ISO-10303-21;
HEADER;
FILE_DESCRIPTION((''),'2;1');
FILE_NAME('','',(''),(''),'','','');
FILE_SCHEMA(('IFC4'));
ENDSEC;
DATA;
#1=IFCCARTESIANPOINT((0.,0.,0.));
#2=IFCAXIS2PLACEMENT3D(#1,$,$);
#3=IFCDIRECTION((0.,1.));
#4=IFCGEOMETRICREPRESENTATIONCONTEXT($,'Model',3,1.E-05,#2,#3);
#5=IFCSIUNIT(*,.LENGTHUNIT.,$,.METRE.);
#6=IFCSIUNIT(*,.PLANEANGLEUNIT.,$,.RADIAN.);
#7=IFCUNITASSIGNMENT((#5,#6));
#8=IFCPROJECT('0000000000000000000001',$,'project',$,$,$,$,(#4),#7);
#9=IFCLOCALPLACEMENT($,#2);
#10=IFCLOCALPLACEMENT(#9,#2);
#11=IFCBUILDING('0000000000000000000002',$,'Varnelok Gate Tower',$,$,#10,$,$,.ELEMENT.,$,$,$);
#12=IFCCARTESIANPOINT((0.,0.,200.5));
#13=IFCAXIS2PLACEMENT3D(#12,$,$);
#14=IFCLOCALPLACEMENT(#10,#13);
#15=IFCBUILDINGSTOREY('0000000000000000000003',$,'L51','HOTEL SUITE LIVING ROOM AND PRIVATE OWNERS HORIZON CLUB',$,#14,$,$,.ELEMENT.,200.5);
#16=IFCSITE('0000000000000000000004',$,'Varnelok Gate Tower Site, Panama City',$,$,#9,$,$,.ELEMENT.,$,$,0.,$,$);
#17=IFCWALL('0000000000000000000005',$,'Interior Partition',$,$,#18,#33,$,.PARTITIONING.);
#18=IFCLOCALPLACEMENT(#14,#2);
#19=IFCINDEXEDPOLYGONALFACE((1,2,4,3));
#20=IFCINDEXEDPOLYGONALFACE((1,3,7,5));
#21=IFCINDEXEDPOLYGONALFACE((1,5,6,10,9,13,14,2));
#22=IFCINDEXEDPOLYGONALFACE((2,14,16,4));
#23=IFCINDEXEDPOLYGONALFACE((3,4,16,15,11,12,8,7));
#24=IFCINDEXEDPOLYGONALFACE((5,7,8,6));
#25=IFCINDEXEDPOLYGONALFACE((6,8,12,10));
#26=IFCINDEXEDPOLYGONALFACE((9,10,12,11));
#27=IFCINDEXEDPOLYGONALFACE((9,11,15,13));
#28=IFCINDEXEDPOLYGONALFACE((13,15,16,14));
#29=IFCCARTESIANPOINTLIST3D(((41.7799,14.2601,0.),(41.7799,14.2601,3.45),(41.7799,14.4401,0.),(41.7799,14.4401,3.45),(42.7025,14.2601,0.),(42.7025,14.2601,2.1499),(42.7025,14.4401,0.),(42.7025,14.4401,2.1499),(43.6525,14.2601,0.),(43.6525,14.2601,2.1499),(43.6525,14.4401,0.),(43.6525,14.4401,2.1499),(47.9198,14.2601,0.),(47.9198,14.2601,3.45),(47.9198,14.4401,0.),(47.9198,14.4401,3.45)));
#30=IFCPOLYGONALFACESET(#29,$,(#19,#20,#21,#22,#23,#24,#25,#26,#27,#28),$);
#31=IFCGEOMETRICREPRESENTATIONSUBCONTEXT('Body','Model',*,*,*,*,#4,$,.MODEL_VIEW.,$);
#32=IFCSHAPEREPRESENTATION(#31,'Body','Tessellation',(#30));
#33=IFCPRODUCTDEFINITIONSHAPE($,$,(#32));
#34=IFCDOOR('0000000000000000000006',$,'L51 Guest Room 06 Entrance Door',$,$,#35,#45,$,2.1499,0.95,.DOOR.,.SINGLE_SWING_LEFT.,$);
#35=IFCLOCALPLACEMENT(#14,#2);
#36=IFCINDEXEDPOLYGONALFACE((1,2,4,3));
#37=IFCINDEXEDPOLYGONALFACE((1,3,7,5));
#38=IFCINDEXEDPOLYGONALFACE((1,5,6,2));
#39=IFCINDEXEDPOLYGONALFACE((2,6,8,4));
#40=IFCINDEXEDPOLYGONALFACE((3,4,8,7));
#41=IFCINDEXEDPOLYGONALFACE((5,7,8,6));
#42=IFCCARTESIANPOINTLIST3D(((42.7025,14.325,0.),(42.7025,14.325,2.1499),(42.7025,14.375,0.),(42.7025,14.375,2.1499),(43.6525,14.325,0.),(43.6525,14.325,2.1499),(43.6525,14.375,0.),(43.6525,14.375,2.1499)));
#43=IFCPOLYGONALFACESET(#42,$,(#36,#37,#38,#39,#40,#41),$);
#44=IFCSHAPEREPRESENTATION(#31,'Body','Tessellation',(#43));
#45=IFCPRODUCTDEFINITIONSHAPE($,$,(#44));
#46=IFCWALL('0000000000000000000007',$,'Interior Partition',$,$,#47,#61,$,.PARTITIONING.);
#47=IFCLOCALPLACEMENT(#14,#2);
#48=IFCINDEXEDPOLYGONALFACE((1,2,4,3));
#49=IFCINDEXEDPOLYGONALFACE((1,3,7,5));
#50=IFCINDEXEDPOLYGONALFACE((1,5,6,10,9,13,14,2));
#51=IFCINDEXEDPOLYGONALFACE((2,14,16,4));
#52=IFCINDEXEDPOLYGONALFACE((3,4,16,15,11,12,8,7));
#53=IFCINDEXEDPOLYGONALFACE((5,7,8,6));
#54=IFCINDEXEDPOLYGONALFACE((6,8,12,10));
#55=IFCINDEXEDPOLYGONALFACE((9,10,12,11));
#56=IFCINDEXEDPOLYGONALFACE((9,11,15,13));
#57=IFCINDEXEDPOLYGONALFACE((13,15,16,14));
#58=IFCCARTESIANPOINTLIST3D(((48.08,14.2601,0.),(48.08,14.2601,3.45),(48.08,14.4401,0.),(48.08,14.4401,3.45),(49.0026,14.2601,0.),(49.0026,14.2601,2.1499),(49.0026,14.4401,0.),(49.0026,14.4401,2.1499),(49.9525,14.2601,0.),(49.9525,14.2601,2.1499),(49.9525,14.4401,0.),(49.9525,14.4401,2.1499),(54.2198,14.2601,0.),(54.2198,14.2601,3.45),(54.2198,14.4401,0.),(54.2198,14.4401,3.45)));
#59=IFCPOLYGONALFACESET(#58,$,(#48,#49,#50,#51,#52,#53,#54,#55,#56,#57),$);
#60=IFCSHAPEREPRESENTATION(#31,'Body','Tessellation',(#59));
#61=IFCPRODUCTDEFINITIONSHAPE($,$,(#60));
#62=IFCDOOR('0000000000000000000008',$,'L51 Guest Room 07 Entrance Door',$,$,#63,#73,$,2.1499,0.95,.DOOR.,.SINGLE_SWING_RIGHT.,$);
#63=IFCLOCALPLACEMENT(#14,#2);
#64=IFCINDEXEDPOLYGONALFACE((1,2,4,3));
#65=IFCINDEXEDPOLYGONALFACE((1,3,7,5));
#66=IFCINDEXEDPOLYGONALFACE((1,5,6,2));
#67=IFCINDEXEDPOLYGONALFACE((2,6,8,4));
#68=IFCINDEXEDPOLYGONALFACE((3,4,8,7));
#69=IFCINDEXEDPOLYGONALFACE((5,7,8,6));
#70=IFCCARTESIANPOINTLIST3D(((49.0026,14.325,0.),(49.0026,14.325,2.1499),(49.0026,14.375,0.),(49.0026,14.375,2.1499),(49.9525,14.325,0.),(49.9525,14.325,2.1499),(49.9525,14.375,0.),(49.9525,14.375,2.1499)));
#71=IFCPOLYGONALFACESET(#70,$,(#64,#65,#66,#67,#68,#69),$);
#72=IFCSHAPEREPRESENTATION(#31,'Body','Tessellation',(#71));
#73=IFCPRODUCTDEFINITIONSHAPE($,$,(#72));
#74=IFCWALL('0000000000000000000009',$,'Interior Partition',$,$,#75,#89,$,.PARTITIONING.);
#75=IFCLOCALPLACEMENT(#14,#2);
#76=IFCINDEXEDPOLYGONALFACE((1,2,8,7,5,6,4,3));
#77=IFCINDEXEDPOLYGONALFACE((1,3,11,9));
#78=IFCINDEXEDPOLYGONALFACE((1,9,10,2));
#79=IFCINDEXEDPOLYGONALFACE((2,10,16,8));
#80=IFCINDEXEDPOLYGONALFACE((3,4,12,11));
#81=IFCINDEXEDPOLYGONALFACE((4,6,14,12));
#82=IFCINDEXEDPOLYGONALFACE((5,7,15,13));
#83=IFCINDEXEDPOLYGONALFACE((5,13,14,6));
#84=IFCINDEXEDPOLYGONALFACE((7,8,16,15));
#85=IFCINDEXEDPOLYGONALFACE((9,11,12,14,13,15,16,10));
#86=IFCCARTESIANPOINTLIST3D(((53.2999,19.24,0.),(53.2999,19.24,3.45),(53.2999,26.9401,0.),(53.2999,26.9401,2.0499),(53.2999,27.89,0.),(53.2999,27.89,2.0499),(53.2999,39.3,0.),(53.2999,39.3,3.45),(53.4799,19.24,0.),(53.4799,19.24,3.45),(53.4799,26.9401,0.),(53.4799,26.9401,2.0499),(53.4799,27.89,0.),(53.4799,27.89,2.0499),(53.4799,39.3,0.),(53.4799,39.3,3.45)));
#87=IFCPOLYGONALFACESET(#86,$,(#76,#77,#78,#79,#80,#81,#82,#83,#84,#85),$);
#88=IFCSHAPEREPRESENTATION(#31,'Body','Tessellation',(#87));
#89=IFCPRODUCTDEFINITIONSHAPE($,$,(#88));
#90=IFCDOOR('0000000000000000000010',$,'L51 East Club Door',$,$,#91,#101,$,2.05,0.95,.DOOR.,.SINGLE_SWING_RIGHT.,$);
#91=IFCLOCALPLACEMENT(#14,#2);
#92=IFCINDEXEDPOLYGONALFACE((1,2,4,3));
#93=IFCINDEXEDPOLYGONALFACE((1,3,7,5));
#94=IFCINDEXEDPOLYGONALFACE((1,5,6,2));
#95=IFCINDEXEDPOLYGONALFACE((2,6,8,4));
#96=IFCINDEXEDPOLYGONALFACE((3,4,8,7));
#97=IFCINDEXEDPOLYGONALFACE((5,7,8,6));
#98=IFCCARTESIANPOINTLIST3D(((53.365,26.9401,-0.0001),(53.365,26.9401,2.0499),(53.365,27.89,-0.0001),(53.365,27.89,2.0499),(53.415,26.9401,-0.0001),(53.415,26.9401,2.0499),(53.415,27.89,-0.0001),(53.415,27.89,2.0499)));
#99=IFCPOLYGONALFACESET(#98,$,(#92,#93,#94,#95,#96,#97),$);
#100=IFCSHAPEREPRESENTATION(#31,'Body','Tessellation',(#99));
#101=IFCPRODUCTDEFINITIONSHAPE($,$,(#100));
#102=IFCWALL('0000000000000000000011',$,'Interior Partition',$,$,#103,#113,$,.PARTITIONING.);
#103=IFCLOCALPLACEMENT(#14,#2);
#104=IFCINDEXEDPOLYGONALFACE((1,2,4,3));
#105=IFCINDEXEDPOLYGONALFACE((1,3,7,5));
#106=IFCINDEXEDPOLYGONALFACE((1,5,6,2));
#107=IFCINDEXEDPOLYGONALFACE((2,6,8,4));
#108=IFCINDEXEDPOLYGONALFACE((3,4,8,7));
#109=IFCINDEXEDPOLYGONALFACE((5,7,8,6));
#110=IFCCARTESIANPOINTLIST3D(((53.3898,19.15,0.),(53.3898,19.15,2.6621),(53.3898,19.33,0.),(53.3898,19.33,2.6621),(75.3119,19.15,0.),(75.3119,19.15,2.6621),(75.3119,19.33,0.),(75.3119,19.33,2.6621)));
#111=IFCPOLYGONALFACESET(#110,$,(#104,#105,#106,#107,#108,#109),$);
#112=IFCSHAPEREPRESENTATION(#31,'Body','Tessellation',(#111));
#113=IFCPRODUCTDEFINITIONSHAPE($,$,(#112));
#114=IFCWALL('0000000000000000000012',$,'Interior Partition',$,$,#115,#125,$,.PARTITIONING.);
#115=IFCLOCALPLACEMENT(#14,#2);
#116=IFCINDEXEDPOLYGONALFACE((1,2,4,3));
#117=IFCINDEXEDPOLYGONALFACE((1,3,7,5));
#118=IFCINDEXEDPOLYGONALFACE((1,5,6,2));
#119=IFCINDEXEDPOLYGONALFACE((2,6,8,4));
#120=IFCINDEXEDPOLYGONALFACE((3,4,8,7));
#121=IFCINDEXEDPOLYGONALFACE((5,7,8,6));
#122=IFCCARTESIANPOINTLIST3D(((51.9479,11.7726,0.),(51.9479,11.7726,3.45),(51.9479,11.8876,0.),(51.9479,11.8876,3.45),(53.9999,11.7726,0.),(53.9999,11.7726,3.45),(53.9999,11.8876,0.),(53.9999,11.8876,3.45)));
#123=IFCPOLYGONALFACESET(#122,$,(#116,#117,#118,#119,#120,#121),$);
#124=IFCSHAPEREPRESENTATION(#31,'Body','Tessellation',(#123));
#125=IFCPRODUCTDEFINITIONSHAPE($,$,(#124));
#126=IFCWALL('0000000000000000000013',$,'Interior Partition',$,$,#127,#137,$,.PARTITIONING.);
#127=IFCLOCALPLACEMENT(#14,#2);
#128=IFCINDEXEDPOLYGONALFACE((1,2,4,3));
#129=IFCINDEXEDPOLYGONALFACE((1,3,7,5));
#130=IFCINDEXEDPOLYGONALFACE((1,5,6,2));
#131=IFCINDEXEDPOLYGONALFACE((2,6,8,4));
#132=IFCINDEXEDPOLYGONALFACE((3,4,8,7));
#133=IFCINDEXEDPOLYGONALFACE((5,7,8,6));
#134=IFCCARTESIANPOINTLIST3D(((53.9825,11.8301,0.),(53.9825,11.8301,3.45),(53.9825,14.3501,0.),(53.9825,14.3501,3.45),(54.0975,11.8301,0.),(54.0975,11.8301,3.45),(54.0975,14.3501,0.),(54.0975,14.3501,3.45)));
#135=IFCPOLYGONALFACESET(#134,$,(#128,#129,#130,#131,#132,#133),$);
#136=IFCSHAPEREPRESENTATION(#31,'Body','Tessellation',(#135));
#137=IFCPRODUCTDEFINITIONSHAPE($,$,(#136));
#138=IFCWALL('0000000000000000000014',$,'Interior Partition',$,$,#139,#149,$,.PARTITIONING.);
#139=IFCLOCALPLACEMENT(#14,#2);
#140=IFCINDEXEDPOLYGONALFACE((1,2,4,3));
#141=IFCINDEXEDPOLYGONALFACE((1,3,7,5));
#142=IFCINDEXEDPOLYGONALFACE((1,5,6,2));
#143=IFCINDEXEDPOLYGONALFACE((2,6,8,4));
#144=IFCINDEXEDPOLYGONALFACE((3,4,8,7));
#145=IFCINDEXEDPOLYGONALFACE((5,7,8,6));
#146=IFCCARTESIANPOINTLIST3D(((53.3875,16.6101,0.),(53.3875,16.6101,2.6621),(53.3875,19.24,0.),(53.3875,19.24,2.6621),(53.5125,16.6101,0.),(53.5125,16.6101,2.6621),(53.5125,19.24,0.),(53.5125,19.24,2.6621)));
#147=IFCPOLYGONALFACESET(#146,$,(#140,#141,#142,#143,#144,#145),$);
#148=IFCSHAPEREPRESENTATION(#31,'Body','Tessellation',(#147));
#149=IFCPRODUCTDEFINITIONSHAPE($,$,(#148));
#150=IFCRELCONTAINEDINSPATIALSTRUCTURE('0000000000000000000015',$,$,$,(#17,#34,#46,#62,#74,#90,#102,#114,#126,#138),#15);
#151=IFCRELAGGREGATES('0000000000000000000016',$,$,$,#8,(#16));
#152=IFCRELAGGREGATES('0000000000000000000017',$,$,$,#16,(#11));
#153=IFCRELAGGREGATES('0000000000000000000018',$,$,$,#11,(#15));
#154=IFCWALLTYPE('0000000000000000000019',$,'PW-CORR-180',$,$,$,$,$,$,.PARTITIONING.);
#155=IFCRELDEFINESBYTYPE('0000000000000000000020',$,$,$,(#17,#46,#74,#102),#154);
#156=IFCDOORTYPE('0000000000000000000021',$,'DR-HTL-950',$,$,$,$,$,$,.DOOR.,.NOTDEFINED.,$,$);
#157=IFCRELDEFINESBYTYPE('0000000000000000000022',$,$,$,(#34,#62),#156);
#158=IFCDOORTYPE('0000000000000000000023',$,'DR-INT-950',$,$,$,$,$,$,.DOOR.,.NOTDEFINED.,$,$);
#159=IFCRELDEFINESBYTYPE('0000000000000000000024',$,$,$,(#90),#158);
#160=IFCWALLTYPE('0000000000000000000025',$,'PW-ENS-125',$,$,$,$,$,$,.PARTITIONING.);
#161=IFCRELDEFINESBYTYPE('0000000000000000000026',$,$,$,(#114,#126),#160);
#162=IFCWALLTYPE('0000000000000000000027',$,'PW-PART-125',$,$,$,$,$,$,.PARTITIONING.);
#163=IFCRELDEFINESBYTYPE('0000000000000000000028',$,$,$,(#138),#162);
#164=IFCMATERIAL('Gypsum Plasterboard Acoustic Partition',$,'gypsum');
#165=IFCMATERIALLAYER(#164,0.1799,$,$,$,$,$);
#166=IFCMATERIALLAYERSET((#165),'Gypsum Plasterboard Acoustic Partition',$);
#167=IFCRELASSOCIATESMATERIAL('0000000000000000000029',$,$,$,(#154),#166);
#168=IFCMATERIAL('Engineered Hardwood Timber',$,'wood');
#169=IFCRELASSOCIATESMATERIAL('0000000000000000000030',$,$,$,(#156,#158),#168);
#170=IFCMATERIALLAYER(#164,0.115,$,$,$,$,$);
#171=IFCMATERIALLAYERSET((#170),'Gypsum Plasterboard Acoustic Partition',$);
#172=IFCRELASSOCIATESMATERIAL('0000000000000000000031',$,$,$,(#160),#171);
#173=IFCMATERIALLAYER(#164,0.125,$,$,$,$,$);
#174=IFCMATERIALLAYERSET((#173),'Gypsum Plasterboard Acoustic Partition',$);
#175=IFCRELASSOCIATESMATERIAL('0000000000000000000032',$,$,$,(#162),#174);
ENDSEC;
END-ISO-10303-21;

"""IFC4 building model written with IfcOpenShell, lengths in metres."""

from ifc_helpers import new_model, si_unit, direction, frame, frame_2d, origin, place, context, subcontext, project, spatial, rectangle, extrude, material, layer, layer_set, type_object, element, fill, save


model = new_model("IFC4")

# Units and contexts
model_context = context("Model", 3, precision=1e-05, world=origin(), true_north=direction((0.0, 1.0)))
body_context = subcontext(model_context, "Body", "Model", "MODEL_VIEW")
ifc_project = project(units=[si_unit("LENGTHUNIT", "METRE"), si_unit("PLANEANGLEUNIT", "RADIAN")], contexts=[model_context])

# Site, building, storey
site_placement = place(None, origin())
site = spatial("IfcSite", under=ifc_project, at=site_placement, Name="Varnelok Gate Tower Site, Panama City", CompositionType="ELEMENT", RefElevation=0.0)
building_placement = place(site_placement, origin())
building = spatial("IfcBuilding", under=site, at=building_placement, Name="Varnelok Gate Tower", CompositionType="ELEMENT")
storey_placement = place(building_placement, frame((0.0, 0.0, 200.5)))
storey = spatial("IfcBuildingStorey", under=building, at=storey_placement, Name="L51", Description="HOTEL SUITE LIVING ROOM AND PRIVATE OWNERS HORIZON CLUB", CompositionType="ELEMENT", Elevation=200.5)

# Walls, openings, doors
ifc_material_1 = material(Name="Gypsum Plasterboard Acoustic Partition", Category="gypsum")
ifc_layer_1 = layer(ifc_material_1, 0.1799)
ifc_layer_set_1 = layer_set([ifc_layer_1], Name="Gypsum Plasterboard Acoustic Partition")
wall_type_1 = type_object("IfcWallType", Name="PW-CORR-180", PredefinedType="PARTITIONING", material=ifc_layer_set_1)
wall_1_placement = place(storey_placement, frame((41.78, 14.3501, 0.0), z_axis=(0.0, 0.0, 1.0), x_axis=(1.0, 0.0, 0.0)))
wall_1 = element("IfcWall", 1, at=wall_1_placement, inside=storey, type_object=wall_type_1, Name="Interior Partition", PredefinedType="PARTITIONING", context=body_context, shape_type="SweptSolid", body=[
    extrude(rectangle(XDim=6.1399, YDim=0.1799, at=frame_2d((3.0698, 0.0))), origin(), (0.0, 0.0, 1.0), 3.45),
])
opening_1_placement = place(wall_1_placement, frame((0.9224, 0.0, 0.0)))
opening_1 = element("IfcOpeningElement", 2, at=opening_1_placement, cuts=wall_1, PredefinedType="OPENING", context=body_context, shape_type="SweptSolid", body=[
    extrude(rectangle(XDim=0.95, YDim=2.1499, at=frame_2d((0.4751, 1.075))), frame((0.0, 0.0999, 0.0), z_axis=(0.0, -1.0, 0.0), x_axis=(1.0, 0.0, 0.0)), (0.0, 0.0, 1.0), 0.2),
])
ifc_material_2 = material(Name="Engineered Hardwood Timber", Category="wood")
door_type_1 = type_object("IfcDoorType", Name="DR-HTL-950", OperationType="NOTDEFINED", PredefinedType="DOOR", material=ifc_material_2)
door_1_placement = place(opening_1_placement, origin())
door_1 = element("IfcDoor", 3, at=door_1_placement, inside=storey, type_object=door_type_1, Name="L51 Guest Room 06 Entrance Door", OperationType="SINGLE_SWING_LEFT", OverallHeight=2.1499, OverallWidth=0.95, PredefinedType="DOOR", context=body_context, shape_type="SweptSolid", body=[
    extrude(rectangle(XDim=0.95, YDim=2.1499, at=frame_2d((0.4751, 1.075))), frame((0.0, 0.0249, 0.0), z_axis=(0.0, -1.0, 0.0), x_axis=(1.0, 0.0, 0.0)), (0.0, 0.0, 1.0), 0.05),
])
fill(opening_1, door_1)
wall_2_placement = place(storey_placement, frame((48.0801, 14.3501, 0.0), z_axis=(0.0, 0.0, 1.0), x_axis=(1.0, 0.0, 0.0)))
wall_2 = element("IfcWall", 4, at=wall_2_placement, inside=storey, type_object=wall_type_1, Name="Interior Partition", PredefinedType="PARTITIONING", context=body_context, shape_type="SweptSolid", body=[
    extrude(rectangle(XDim=6.1399, YDim=0.1799, at=frame_2d((3.0698, 0.0))), origin(), (0.0, 0.0, 1.0), 3.45),
])
opening_2_placement = place(wall_2_placement, frame((0.9224, 0.0, 0.0)))
opening_2 = element("IfcOpeningElement", 5, at=opening_2_placement, cuts=wall_2, PredefinedType="OPENING", context=body_context, shape_type="SweptSolid", body=[
    extrude(rectangle(XDim=0.95, YDim=2.1499, at=frame_2d((0.4751, 1.075))), frame((0.0, 0.0999, 0.0), z_axis=(0.0, -1.0, 0.0), x_axis=(1.0, 0.0, 0.0)), (0.0, 0.0, 1.0), 0.2),
])
door_2_placement = place(opening_2_placement, origin())
door_2 = element("IfcDoor", 6, at=door_2_placement, inside=storey, type_object=door_type_1, Name="L51 Guest Room 07 Entrance Door", OperationType="SINGLE_SWING_RIGHT", OverallHeight=2.1499, OverallWidth=0.95, PredefinedType="DOOR", context=body_context, shape_type="SweptSolid", body=[
    extrude(rectangle(XDim=0.95, YDim=2.1499, at=frame_2d((0.4751, 1.075))), frame((0.0, 0.0249, 0.0), z_axis=(0.0, -1.0, 0.0), x_axis=(1.0, 0.0, 0.0)), (0.0, 0.0, 1.0), 0.05),
])
fill(opening_2, door_2)
wall_3_placement = place(storey_placement, frame((53.3899, 19.24, 0.0), z_axis=(0.0, 0.0, 1.0), x_axis=(0.0, 1.0, 0.0)))
wall_3 = element("IfcWall", 7, at=wall_3_placement, inside=storey, type_object=wall_type_1, Name="Interior Partition", PredefinedType="PARTITIONING", context=body_context, shape_type="SweptSolid", body=[
    extrude(rectangle(XDim=20.0601, YDim=0.1799, at=frame_2d((10.03, 0.0))), origin(), (0.0, 0.0, 1.0), 3.45),
])
opening_3_placement = place(wall_3_placement, frame((7.7, 0.0, 0.0)))
opening_3 = element("IfcOpeningElement", 8, at=opening_3_placement, cuts=wall_3, PredefinedType="OPENING", context=body_context, shape_type="SweptSolid", body=[
    extrude(rectangle(XDim=0.95, YDim=2.05, at=frame_2d((0.4751, 1.0249))), frame((0.0, 0.0999, 0.0), z_axis=(0.0, -1.0, 0.0), x_axis=(1.0, 0.0, 0.0)), (0.0, 0.0, 1.0), 0.2),
])
door_type_2 = type_object("IfcDoorType", Name="DR-INT-950", OperationType="NOTDEFINED", PredefinedType="DOOR", material=ifc_material_2)
door_3_placement = place(opening_3_placement, origin())
door_3 = element("IfcDoor", 9, at=door_3_placement, inside=storey, type_object=door_type_2, Name="L51 East Club Door", OperationType="SINGLE_SWING_RIGHT", OverallHeight=2.05, OverallWidth=0.95, PredefinedType="DOOR", context=body_context, shape_type="SweptSolid", body=[
    extrude(rectangle(XDim=0.95, YDim=2.05, at=frame_2d((0.4751, 1.0249))), frame((0.0, 0.0249, 0.0), z_axis=(0.0, -1.0, 0.0), x_axis=(1.0, 0.0, 0.0)), (0.0, 0.0, 1.0), 0.05),
])
fill(opening_3, door_3)

# Walls
wall_4_placement = place(storey_placement, frame((53.3899, 19.24, 0.0), z_axis=(0.0, 0.0, 1.0), x_axis=(1.0, 0.0, 0.0)))
element("IfcWall", 10, at=wall_4_placement, inside=storey, type_object=wall_type_1, Name="Interior Partition", PredefinedType="PARTITIONING", context=body_context, shape_type="SweptSolid", body=[
    extrude(rectangle(XDim=21.9221, YDim=0.1799, at=frame_2d((10.9609, 0.0))), origin(), (0.0, 0.0, 1.0), 2.6621),
])
ifc_layer_2 = layer(ifc_material_1, 0.115)
ifc_layer_set_2 = layer_set([ifc_layer_2], Name="Gypsum Plasterboard Acoustic Partition")
wall_type_2 = type_object("IfcWallType", Name="PW-ENS-125", PredefinedType="PARTITIONING", material=ifc_layer_set_2)
wall_5_placement = place(storey_placement, frame((51.948, 11.8301, 0.0), z_axis=(0.0, 0.0, 1.0), x_axis=(1.0, 0.0, 0.0)))
element("IfcWall", 11, at=wall_5_placement, inside=storey, type_object=wall_type_2, Name="Interior Partition", PredefinedType="PARTITIONING", context=body_context, shape_type="SweptSolid", body=[
    extrude(rectangle(XDim=2.052, YDim=0.115, at=frame_2d((1.0259, 0.0))), origin(), (0.0, 0.0, 1.0), 3.45),
])
wall_6_placement = place(storey_placement, frame((54.04, 11.8301, 0.0), z_axis=(0.0, 0.0, 1.0), x_axis=(0.0, 1.0, 0.0)))
element("IfcWall", 12, at=wall_6_placement, inside=storey, type_object=wall_type_2, Name="Interior Partition", PredefinedType="PARTITIONING", context=body_context, shape_type="SweptSolid", body=[
    extrude(rectangle(XDim=2.52, YDim=0.115, at=frame_2d((1.26, 0.0))), origin(), (0.0, 0.0, 1.0), 3.45),
])
ifc_layer_3 = layer(ifc_material_1, 0.125)
ifc_layer_set_3 = layer_set([ifc_layer_3], Name="Gypsum Plasterboard Acoustic Partition")
wall_type_3 = type_object("IfcWallType", Name="PW-PART-125", PredefinedType="PARTITIONING", material=ifc_layer_set_3)
wall_7_placement = place(storey_placement, frame((53.45, 16.6101, 0.0), z_axis=(0.0, 0.0, 1.0), x_axis=(0.0, 1.0, 0.0)))
element("IfcWall", 13, at=wall_7_placement, inside=storey, type_object=wall_type_3, Name="Interior Partition", PredefinedType="PARTITIONING", context=body_context, shape_type="SweptSolid", body=[
    extrude(rectangle(XDim=2.6299, YDim=0.125, at=frame_2d((1.3149, 0.0))), origin(), (0.0, 0.0, 1.0), 2.6621),
])

save(model, "model.ifc")
